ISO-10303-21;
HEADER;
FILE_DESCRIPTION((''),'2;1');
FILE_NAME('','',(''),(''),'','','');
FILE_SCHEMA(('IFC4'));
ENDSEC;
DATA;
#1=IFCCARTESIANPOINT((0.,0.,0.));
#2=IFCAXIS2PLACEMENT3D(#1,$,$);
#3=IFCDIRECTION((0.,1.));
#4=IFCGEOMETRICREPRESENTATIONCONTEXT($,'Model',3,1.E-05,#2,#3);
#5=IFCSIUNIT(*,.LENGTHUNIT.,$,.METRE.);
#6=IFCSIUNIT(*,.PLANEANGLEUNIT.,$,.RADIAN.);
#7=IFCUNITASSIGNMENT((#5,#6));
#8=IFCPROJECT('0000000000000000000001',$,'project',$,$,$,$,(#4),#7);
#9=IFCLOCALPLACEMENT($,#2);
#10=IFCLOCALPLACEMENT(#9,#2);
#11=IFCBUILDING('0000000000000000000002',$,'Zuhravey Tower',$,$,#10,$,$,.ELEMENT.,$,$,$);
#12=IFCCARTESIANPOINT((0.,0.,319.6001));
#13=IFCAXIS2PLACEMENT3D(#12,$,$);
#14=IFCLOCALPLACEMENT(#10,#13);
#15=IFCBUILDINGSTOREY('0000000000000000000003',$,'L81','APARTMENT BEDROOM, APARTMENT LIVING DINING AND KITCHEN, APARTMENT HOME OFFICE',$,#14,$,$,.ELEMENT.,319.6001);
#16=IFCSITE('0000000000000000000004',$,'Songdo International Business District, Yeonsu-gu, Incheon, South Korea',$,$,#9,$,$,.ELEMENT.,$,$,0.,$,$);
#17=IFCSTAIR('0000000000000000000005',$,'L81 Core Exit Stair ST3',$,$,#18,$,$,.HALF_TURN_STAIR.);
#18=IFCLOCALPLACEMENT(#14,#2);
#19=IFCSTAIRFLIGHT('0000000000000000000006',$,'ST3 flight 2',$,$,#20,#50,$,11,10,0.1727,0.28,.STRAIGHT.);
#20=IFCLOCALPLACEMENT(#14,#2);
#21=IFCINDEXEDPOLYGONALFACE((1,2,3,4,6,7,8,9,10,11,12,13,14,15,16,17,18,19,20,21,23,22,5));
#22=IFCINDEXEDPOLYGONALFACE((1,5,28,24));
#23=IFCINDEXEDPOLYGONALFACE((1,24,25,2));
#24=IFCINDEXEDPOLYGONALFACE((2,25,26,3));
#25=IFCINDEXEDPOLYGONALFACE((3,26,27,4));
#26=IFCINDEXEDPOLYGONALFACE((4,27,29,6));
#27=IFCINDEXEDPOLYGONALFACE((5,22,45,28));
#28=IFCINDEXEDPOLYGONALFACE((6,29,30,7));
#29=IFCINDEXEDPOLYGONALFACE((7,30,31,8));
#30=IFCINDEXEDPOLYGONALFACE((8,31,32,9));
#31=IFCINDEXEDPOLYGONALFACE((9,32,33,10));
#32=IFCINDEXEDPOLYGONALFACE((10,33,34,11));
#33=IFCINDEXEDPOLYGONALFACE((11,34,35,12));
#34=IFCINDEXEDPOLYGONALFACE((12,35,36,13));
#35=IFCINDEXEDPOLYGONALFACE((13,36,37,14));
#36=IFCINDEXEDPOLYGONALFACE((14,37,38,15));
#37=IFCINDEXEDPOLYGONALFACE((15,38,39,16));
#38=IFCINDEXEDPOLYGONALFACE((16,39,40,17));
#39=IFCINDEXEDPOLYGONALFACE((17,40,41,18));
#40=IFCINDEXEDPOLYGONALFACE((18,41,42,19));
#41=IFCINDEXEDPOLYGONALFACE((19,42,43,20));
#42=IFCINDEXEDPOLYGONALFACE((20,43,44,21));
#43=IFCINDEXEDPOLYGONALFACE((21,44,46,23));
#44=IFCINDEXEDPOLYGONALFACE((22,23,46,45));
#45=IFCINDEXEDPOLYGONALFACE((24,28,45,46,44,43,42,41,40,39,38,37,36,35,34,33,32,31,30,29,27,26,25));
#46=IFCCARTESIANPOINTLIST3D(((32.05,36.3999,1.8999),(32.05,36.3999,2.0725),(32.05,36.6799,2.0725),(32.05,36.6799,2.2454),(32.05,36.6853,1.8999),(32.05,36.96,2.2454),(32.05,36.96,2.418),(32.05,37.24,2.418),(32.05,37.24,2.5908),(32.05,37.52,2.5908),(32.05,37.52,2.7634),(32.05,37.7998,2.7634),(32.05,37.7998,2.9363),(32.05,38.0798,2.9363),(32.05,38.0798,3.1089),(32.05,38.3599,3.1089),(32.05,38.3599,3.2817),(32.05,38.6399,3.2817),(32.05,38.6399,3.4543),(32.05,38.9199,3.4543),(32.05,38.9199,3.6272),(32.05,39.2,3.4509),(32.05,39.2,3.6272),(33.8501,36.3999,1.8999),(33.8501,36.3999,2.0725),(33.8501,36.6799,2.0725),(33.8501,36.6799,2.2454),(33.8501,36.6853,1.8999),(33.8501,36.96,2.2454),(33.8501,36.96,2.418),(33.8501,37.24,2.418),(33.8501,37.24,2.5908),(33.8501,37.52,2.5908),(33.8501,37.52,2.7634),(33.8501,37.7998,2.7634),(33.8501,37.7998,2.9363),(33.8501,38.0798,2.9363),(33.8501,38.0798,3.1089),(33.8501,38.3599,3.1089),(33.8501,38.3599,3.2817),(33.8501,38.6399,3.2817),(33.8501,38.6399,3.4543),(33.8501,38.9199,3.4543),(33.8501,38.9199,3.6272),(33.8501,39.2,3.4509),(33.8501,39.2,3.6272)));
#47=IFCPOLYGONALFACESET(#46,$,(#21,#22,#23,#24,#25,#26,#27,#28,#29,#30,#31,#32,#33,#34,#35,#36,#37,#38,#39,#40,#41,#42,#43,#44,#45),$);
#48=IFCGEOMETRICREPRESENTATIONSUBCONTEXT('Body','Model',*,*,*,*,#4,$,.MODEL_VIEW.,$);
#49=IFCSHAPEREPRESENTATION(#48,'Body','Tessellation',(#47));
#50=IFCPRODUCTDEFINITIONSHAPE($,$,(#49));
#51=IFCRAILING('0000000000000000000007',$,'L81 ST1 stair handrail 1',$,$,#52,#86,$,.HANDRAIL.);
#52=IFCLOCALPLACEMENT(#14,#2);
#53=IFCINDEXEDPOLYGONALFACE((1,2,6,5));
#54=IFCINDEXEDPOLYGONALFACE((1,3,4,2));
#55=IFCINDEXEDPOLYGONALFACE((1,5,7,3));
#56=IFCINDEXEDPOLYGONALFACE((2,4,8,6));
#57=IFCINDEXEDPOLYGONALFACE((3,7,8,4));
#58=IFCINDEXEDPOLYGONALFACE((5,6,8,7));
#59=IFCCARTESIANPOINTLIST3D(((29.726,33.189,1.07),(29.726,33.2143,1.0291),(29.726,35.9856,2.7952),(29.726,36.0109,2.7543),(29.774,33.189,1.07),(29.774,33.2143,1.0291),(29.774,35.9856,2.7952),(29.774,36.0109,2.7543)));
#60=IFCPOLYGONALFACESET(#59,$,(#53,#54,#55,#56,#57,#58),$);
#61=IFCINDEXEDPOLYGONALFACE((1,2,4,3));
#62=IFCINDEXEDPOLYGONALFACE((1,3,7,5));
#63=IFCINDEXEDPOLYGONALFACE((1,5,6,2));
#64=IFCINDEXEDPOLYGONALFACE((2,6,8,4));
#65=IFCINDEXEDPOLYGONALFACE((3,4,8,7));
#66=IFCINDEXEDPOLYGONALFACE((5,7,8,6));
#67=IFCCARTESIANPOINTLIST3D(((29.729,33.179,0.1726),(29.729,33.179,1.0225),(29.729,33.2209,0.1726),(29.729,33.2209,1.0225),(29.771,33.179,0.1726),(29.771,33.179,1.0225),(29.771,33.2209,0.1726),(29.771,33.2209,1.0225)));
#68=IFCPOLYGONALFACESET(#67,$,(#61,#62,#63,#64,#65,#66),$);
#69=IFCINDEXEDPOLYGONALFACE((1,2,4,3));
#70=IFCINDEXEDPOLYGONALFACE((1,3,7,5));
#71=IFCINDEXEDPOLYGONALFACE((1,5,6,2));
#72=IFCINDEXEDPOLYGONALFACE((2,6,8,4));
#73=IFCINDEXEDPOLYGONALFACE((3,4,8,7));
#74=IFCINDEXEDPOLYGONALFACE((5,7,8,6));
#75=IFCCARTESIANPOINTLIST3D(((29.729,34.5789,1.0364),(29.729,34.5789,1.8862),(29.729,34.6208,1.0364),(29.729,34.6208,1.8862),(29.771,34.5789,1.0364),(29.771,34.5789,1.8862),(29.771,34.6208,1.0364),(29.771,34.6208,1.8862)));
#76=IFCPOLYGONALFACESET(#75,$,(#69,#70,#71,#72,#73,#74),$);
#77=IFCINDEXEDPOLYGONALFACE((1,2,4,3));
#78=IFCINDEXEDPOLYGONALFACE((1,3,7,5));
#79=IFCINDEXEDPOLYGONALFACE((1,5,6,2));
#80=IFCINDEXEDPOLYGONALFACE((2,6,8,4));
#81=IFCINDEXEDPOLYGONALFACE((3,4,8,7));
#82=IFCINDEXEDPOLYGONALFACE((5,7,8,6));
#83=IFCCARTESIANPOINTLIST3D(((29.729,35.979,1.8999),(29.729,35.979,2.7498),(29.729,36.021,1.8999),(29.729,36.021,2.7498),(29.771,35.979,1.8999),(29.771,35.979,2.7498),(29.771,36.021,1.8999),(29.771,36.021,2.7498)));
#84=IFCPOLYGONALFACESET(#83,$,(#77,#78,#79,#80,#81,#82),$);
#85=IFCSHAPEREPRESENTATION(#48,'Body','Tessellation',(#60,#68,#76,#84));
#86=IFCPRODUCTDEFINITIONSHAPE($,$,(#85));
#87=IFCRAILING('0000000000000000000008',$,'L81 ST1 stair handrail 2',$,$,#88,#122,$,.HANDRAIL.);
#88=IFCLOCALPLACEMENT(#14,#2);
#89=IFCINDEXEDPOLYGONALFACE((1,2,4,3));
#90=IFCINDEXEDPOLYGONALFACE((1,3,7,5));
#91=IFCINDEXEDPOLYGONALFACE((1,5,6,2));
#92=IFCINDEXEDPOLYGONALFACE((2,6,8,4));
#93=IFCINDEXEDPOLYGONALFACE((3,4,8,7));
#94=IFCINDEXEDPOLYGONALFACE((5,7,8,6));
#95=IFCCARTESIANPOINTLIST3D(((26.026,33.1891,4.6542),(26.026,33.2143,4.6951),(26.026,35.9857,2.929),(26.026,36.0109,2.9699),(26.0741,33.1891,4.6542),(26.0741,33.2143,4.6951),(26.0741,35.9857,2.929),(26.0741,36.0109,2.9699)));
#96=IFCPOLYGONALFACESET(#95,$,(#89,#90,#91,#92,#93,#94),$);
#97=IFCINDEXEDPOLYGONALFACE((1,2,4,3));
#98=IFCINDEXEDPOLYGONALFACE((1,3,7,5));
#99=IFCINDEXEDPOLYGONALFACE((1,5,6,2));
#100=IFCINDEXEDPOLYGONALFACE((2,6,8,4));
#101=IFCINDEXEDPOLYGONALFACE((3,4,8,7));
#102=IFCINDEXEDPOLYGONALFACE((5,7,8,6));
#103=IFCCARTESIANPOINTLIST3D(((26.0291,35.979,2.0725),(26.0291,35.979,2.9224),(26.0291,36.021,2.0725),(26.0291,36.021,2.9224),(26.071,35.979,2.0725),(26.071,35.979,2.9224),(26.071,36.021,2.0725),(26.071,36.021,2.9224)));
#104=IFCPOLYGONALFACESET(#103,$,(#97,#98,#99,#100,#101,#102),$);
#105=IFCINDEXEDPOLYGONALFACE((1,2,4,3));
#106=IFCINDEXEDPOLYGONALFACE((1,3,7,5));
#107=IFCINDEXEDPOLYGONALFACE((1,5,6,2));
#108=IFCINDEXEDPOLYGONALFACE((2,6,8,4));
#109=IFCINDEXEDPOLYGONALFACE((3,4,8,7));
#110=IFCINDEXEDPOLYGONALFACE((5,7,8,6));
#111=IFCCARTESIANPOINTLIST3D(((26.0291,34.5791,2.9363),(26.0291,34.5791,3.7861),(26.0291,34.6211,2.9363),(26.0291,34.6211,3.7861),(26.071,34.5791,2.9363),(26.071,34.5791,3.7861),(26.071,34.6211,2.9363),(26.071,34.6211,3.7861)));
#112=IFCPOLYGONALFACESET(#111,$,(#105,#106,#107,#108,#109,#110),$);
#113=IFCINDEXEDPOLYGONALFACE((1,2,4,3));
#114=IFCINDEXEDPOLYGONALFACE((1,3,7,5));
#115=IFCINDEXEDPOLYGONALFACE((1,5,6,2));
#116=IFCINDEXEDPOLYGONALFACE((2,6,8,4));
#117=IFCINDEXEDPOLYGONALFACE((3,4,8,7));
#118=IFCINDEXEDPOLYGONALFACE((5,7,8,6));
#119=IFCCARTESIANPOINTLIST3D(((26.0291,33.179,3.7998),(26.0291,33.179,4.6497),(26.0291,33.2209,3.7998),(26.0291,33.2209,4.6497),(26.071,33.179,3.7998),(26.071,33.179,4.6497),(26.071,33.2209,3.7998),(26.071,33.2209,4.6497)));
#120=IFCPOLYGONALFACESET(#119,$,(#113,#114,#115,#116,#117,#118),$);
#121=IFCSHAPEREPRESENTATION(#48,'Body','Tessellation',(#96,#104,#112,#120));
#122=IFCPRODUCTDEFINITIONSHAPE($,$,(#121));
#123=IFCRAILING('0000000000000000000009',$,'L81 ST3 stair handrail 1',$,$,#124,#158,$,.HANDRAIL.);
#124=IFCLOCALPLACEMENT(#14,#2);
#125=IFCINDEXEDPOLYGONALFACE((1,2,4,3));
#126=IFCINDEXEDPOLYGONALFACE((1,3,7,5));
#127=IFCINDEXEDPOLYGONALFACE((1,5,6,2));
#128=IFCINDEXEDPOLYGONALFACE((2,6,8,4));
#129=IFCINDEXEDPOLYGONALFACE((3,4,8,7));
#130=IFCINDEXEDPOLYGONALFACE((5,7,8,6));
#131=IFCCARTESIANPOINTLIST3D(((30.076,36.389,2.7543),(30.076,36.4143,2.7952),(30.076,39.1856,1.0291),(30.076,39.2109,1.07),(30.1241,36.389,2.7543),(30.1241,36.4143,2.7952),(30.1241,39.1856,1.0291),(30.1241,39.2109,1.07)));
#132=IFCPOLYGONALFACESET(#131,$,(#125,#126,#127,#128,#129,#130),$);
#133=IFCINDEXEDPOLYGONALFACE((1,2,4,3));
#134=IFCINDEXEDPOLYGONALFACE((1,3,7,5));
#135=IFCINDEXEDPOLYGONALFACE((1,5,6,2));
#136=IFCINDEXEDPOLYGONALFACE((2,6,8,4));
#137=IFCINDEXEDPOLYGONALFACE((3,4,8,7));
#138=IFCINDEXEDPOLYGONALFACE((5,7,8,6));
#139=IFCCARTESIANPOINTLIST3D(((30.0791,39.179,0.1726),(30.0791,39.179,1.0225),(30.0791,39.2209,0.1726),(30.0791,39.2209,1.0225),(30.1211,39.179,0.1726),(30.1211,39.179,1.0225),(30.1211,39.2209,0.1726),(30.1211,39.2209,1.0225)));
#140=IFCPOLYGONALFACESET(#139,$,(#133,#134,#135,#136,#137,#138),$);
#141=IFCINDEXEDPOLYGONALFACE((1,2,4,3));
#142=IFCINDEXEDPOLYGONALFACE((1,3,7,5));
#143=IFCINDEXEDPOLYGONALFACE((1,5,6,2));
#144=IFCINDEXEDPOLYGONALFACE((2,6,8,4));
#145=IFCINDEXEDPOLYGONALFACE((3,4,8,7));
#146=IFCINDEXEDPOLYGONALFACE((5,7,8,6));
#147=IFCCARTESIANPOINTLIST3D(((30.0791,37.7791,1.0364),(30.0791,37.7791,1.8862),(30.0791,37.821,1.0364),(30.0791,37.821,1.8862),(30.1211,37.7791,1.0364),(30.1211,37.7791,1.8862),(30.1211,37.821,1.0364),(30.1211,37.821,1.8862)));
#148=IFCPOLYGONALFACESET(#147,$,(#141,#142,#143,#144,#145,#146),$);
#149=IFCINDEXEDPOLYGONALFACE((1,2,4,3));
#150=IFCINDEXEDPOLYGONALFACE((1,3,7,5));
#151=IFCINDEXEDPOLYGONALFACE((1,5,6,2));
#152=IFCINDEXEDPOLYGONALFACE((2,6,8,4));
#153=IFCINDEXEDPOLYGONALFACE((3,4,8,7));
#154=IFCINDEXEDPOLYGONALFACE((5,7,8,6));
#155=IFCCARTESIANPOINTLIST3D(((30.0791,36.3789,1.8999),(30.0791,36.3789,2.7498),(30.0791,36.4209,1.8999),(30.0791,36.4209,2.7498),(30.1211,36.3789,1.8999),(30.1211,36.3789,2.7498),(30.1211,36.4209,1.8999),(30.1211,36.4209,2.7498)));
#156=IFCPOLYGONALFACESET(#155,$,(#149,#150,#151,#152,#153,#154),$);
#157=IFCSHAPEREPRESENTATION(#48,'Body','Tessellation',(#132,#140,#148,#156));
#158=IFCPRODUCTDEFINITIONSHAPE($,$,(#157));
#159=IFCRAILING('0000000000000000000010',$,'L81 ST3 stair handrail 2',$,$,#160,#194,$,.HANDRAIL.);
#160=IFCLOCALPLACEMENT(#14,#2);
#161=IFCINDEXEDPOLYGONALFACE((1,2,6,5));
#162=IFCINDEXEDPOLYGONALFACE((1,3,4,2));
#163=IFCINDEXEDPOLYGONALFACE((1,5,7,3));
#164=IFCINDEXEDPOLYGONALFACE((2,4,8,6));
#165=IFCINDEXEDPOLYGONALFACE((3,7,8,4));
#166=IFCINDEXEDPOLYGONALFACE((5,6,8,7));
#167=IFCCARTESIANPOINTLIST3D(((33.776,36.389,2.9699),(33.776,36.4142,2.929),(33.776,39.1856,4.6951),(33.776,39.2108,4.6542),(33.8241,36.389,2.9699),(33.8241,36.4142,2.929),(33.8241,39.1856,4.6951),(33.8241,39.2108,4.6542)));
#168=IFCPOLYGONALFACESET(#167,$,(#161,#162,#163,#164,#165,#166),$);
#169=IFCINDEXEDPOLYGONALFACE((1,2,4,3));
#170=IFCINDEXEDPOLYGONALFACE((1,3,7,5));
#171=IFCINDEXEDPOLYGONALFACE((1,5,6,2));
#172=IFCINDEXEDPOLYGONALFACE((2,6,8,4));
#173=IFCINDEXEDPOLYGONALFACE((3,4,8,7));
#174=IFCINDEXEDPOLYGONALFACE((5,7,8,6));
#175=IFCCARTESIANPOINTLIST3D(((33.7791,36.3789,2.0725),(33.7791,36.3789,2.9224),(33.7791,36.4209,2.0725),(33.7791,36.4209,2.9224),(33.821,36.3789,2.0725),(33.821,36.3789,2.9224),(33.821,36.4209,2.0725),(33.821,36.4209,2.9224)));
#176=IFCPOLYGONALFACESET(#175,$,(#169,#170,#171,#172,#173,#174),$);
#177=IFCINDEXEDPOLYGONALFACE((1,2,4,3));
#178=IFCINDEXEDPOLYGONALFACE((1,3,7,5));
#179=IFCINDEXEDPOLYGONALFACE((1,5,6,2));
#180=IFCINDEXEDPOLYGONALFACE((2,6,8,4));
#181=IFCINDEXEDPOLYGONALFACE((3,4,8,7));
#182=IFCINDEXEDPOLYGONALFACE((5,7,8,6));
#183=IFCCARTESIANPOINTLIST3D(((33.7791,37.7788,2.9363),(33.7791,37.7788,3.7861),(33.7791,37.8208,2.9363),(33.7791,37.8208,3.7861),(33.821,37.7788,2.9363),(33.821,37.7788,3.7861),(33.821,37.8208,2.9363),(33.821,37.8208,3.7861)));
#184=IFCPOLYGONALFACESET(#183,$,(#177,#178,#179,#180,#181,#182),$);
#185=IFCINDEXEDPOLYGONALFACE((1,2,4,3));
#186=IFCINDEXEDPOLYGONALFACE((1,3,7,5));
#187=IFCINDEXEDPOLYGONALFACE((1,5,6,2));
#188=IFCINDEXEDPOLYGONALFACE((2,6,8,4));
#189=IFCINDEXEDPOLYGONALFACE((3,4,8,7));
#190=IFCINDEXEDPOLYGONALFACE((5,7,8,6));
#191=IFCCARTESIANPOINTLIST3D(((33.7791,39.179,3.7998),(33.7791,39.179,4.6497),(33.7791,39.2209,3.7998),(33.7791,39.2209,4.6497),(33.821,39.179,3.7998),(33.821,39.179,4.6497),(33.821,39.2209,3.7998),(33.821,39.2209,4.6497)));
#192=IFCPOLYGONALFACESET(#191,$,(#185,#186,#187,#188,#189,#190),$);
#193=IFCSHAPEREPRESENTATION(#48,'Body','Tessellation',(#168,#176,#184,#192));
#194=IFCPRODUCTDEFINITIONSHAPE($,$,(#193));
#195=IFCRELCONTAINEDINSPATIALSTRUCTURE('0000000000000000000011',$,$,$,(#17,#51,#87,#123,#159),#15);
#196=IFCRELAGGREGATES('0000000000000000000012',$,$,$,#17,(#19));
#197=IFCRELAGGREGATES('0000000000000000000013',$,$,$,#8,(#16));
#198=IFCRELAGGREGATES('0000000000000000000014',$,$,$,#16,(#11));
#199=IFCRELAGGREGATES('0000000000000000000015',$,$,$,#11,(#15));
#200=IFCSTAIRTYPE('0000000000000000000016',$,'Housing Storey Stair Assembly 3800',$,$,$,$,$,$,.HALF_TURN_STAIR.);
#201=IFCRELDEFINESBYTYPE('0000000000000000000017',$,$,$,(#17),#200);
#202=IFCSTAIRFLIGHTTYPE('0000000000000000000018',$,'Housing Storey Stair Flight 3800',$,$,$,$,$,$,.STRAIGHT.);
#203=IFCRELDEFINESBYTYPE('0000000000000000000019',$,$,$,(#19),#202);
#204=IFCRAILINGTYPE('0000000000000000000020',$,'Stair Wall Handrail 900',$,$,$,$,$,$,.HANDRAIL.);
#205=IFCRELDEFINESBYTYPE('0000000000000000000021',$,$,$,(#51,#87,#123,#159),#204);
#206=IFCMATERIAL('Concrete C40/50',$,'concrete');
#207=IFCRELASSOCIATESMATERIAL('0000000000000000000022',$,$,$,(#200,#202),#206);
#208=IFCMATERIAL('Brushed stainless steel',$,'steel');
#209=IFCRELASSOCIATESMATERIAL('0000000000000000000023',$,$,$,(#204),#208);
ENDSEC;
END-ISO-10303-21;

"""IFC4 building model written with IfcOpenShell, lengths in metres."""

from ifc_helpers import new_model, si_unit, direction, frame, origin, origin_2d, place, context, subcontext, project, spatial, polyline, rectangle, outline, extrude, material, type_object, element, aggregate, save


model = new_model("IFC4")

# Units and contexts
model_context = context("Model", 3, precision=1e-05, world=origin(), true_north=direction((0.0, 1.0)))
body_context = subcontext(model_context, "Body", "Model", "MODEL_VIEW")
ifc_project = project(units=[si_unit("LENGTHUNIT", "METRE"), si_unit("PLANEANGLEUNIT", "RADIAN")], contexts=[model_context])

# Site, building, storey
site_placement = place(None, origin())
site = spatial("IfcSite", under=ifc_project, at=site_placement, Name="Songdo International Business District, Yeonsu-gu, Incheon, South Korea", CompositionType="ELEMENT", RefElevation=0.0)
building_placement = place(site_placement, origin())
building = spatial("IfcBuilding", under=site, at=building_placement, Name="Zuhravey Tower", CompositionType="ELEMENT")
storey_placement = place(building_placement, frame((0.0, 0.0, 319.6001)))
storey = spatial("IfcBuildingStorey", under=building, at=storey_placement, Name="L81", Description="APARTMENT BEDROOM, APARTMENT LIVING DINING AND KITCHEN, APARTMENT HOME OFFICE", CompositionType="ELEMENT", Elevation=319.6001)

# Stair, stair flight
ifc_material_1 = material(Name="Concrete C40/50", Category="concrete")
stair_type = type_object("IfcStairType", Name="Housing Storey Stair Assembly 3800", PredefinedType="HALF_TURN_STAIR", material=ifc_material_1)
stair_flight_type = type_object("IfcStairFlightType", Name="Housing Storey Stair Flight 3800", PredefinedType="STRAIGHT", material=ifc_material_1)
stair_1_placement = place(storey_placement, origin())
stair_1 = element("IfcStair", 1, at=stair_1_placement, inside=storey, type_object=stair_type, Name="L81 Core Exit Stair ST3", PredefinedType="HALF_TURN_STAIR")
stair_flight_1_placement = place(storey_placement, frame((32.95, 36.3999, 1.8999), z_axis=(0.0, 0.0, 1.0), x_axis=(0.0, 1.0, 0.0)))
stair_flight_1 = element("IfcStairFlight", 2, at=stair_flight_1_placement, type_object=stair_flight_type, Name="ST3 flight 2", NumberOfRisers=11, NumberOfTreads=10, PredefinedType="STRAIGHT", RiserHeight=0.1727, TreadLength=0.28, context=body_context, shape_type="SweptSolid", body=[
    extrude(outline(polyline([(0.0, 0.0), (0.0, 0.1726), (0.28, 0.1726), (0.28, 0.3455), (0.5601, 0.3455), (0.5601, 0.5181), (0.8401, 0.5181), (0.8401, 0.6909), (1.1201, 0.6909), (1.1201, 0.8635), (1.3999, 0.8635), (1.3999, 1.0364), (1.6799, 1.0364), (1.6799, 1.209), (1.96, 1.209), (1.96, 1.3818), (2.24, 1.3818), (2.24, 1.5544), (2.52, 1.5544), (2.52, 1.7273), (2.8, 1.7273), (2.8, 1.8999), (2.8, 1.551), (0.2854, 0.0), (0.0, 0.0)])), frame((0.0, 0.8999, 0.0), z_axis=(0.0, -1.0, 0.0), x_axis=(1.0, 0.0, 0.0)), (0.0, 0.0, 1.0), 1.8),
])
aggregate(stair_1, [stair_flight_1])

# Railings
ifc_material_2 = material(Name="Brushed stainless steel", Category="steel")
railing_type_1 = type_object("IfcRailingType", Name="Stair Wall Handrail 900", PredefinedType="HANDRAIL", material=ifc_material_2)
railing_1_placement = place(storey_placement, frame((29.75, 33.2, 0.1726)))
element("IfcRailing", 3, at=railing_1_placement, inside=storey, type_object=railing_type_1, Name="L81 ST1 stair handrail 1", PredefinedType="HANDRAIL", context=body_context, shape_type="SweptSolid", body=[
    extrude(rectangle(XDim=0.0481, YDim=0.0481, at=origin_2d()), frame((0.0, 0.0017, 0.877), z_axis=(0.0, 0.85109, 0.52502), x_axis=(-1.0, 0.0, 0.0)), (0.0, 0.0, 1.0), 3.2859),
    extrude(rectangle(XDim=0.042, YDim=0.042, at=origin_2d()), origin(), (0.0, 0.0, 1.0), 0.8499),
    extrude(rectangle(XDim=0.042, YDim=0.042, at=origin_2d()), frame((0.0, 1.3999, 0.8638)), (0.0, 0.0, 1.0), 0.8499),
    extrude(rectangle(XDim=0.042, YDim=0.042, at=origin_2d()), frame((0.0, 2.8, 1.7273)), (0.0, 0.0, 1.0), 0.8499),
])
for number, where, name in (
    (4, (26.05, 36.0, 2.0725), "L81 ST1 stair handrail 2"),
    (5, (30.1001, 39.2, 0.1726), "L81 ST3 stair handrail 1"),
):
    element("IfcRailing", number, at=place(storey_placement, frame(where)), inside=storey, type_object=railing_type_1, Name=name, PredefinedType="HANDRAIL", context=body_context, shape_type="SweptSolid", body=[
        extrude(rectangle(XDim=0.0481, YDim=0.0481, at=origin_2d()), frame((0.0, -0.0017, 0.877), z_axis=(0.0, -0.85109, 0.52502), x_axis=(1.0, 0.0, 0.0)), (0.0, 0.0, 1.0), 3.2859),
        extrude(rectangle(XDim=0.042, YDim=0.042, at=origin_2d()), origin(), (0.0, 0.0, 1.0), 0.8499),
        extrude(rectangle(XDim=0.042, YDim=0.042, at=origin_2d()), frame((0.0, -1.3999, 0.8638)), (0.0, 0.0, 1.0), 0.8499),
        extrude(rectangle(XDim=0.042, YDim=0.042, at=origin_2d()), frame((0.0, -2.8, 1.7273)), (0.0, 0.0, 1.0), 0.8499),
    ])
railing_2_placement = place(storey_placement, frame((33.8, 36.3999, 2.0725)))
element("IfcRailing", 6, at=railing_2_placement, inside=storey, type_object=railing_type_1, Name="L81 ST3 stair handrail 2", PredefinedType="HANDRAIL", context=body_context, shape_type="SweptSolid", body=[
    extrude(rectangle(XDim=0.0481, YDim=0.0481, at=origin_2d()), frame((0.0, 0.0017, 0.877), z_axis=(0.0, 0.85109, 0.52502), x_axis=(-1.0, 0.0, 0.0)), (0.0, 0.0, 1.0), 3.2859),
    extrude(rectangle(XDim=0.042, YDim=0.042, at=origin_2d()), origin(), (0.0, 0.0, 1.0), 0.8499),
    extrude(rectangle(XDim=0.042, YDim=0.042, at=origin_2d()), frame((0.0, 1.3999, 0.8638)), (0.0, 0.0, 1.0), 0.8499),
    extrude(rectangle(XDim=0.042, YDim=0.042, at=origin_2d()), frame((0.0, 2.8, 1.7273)), (0.0, 0.0, 1.0), 0.8499),
])

save(model, "model.ifc")
